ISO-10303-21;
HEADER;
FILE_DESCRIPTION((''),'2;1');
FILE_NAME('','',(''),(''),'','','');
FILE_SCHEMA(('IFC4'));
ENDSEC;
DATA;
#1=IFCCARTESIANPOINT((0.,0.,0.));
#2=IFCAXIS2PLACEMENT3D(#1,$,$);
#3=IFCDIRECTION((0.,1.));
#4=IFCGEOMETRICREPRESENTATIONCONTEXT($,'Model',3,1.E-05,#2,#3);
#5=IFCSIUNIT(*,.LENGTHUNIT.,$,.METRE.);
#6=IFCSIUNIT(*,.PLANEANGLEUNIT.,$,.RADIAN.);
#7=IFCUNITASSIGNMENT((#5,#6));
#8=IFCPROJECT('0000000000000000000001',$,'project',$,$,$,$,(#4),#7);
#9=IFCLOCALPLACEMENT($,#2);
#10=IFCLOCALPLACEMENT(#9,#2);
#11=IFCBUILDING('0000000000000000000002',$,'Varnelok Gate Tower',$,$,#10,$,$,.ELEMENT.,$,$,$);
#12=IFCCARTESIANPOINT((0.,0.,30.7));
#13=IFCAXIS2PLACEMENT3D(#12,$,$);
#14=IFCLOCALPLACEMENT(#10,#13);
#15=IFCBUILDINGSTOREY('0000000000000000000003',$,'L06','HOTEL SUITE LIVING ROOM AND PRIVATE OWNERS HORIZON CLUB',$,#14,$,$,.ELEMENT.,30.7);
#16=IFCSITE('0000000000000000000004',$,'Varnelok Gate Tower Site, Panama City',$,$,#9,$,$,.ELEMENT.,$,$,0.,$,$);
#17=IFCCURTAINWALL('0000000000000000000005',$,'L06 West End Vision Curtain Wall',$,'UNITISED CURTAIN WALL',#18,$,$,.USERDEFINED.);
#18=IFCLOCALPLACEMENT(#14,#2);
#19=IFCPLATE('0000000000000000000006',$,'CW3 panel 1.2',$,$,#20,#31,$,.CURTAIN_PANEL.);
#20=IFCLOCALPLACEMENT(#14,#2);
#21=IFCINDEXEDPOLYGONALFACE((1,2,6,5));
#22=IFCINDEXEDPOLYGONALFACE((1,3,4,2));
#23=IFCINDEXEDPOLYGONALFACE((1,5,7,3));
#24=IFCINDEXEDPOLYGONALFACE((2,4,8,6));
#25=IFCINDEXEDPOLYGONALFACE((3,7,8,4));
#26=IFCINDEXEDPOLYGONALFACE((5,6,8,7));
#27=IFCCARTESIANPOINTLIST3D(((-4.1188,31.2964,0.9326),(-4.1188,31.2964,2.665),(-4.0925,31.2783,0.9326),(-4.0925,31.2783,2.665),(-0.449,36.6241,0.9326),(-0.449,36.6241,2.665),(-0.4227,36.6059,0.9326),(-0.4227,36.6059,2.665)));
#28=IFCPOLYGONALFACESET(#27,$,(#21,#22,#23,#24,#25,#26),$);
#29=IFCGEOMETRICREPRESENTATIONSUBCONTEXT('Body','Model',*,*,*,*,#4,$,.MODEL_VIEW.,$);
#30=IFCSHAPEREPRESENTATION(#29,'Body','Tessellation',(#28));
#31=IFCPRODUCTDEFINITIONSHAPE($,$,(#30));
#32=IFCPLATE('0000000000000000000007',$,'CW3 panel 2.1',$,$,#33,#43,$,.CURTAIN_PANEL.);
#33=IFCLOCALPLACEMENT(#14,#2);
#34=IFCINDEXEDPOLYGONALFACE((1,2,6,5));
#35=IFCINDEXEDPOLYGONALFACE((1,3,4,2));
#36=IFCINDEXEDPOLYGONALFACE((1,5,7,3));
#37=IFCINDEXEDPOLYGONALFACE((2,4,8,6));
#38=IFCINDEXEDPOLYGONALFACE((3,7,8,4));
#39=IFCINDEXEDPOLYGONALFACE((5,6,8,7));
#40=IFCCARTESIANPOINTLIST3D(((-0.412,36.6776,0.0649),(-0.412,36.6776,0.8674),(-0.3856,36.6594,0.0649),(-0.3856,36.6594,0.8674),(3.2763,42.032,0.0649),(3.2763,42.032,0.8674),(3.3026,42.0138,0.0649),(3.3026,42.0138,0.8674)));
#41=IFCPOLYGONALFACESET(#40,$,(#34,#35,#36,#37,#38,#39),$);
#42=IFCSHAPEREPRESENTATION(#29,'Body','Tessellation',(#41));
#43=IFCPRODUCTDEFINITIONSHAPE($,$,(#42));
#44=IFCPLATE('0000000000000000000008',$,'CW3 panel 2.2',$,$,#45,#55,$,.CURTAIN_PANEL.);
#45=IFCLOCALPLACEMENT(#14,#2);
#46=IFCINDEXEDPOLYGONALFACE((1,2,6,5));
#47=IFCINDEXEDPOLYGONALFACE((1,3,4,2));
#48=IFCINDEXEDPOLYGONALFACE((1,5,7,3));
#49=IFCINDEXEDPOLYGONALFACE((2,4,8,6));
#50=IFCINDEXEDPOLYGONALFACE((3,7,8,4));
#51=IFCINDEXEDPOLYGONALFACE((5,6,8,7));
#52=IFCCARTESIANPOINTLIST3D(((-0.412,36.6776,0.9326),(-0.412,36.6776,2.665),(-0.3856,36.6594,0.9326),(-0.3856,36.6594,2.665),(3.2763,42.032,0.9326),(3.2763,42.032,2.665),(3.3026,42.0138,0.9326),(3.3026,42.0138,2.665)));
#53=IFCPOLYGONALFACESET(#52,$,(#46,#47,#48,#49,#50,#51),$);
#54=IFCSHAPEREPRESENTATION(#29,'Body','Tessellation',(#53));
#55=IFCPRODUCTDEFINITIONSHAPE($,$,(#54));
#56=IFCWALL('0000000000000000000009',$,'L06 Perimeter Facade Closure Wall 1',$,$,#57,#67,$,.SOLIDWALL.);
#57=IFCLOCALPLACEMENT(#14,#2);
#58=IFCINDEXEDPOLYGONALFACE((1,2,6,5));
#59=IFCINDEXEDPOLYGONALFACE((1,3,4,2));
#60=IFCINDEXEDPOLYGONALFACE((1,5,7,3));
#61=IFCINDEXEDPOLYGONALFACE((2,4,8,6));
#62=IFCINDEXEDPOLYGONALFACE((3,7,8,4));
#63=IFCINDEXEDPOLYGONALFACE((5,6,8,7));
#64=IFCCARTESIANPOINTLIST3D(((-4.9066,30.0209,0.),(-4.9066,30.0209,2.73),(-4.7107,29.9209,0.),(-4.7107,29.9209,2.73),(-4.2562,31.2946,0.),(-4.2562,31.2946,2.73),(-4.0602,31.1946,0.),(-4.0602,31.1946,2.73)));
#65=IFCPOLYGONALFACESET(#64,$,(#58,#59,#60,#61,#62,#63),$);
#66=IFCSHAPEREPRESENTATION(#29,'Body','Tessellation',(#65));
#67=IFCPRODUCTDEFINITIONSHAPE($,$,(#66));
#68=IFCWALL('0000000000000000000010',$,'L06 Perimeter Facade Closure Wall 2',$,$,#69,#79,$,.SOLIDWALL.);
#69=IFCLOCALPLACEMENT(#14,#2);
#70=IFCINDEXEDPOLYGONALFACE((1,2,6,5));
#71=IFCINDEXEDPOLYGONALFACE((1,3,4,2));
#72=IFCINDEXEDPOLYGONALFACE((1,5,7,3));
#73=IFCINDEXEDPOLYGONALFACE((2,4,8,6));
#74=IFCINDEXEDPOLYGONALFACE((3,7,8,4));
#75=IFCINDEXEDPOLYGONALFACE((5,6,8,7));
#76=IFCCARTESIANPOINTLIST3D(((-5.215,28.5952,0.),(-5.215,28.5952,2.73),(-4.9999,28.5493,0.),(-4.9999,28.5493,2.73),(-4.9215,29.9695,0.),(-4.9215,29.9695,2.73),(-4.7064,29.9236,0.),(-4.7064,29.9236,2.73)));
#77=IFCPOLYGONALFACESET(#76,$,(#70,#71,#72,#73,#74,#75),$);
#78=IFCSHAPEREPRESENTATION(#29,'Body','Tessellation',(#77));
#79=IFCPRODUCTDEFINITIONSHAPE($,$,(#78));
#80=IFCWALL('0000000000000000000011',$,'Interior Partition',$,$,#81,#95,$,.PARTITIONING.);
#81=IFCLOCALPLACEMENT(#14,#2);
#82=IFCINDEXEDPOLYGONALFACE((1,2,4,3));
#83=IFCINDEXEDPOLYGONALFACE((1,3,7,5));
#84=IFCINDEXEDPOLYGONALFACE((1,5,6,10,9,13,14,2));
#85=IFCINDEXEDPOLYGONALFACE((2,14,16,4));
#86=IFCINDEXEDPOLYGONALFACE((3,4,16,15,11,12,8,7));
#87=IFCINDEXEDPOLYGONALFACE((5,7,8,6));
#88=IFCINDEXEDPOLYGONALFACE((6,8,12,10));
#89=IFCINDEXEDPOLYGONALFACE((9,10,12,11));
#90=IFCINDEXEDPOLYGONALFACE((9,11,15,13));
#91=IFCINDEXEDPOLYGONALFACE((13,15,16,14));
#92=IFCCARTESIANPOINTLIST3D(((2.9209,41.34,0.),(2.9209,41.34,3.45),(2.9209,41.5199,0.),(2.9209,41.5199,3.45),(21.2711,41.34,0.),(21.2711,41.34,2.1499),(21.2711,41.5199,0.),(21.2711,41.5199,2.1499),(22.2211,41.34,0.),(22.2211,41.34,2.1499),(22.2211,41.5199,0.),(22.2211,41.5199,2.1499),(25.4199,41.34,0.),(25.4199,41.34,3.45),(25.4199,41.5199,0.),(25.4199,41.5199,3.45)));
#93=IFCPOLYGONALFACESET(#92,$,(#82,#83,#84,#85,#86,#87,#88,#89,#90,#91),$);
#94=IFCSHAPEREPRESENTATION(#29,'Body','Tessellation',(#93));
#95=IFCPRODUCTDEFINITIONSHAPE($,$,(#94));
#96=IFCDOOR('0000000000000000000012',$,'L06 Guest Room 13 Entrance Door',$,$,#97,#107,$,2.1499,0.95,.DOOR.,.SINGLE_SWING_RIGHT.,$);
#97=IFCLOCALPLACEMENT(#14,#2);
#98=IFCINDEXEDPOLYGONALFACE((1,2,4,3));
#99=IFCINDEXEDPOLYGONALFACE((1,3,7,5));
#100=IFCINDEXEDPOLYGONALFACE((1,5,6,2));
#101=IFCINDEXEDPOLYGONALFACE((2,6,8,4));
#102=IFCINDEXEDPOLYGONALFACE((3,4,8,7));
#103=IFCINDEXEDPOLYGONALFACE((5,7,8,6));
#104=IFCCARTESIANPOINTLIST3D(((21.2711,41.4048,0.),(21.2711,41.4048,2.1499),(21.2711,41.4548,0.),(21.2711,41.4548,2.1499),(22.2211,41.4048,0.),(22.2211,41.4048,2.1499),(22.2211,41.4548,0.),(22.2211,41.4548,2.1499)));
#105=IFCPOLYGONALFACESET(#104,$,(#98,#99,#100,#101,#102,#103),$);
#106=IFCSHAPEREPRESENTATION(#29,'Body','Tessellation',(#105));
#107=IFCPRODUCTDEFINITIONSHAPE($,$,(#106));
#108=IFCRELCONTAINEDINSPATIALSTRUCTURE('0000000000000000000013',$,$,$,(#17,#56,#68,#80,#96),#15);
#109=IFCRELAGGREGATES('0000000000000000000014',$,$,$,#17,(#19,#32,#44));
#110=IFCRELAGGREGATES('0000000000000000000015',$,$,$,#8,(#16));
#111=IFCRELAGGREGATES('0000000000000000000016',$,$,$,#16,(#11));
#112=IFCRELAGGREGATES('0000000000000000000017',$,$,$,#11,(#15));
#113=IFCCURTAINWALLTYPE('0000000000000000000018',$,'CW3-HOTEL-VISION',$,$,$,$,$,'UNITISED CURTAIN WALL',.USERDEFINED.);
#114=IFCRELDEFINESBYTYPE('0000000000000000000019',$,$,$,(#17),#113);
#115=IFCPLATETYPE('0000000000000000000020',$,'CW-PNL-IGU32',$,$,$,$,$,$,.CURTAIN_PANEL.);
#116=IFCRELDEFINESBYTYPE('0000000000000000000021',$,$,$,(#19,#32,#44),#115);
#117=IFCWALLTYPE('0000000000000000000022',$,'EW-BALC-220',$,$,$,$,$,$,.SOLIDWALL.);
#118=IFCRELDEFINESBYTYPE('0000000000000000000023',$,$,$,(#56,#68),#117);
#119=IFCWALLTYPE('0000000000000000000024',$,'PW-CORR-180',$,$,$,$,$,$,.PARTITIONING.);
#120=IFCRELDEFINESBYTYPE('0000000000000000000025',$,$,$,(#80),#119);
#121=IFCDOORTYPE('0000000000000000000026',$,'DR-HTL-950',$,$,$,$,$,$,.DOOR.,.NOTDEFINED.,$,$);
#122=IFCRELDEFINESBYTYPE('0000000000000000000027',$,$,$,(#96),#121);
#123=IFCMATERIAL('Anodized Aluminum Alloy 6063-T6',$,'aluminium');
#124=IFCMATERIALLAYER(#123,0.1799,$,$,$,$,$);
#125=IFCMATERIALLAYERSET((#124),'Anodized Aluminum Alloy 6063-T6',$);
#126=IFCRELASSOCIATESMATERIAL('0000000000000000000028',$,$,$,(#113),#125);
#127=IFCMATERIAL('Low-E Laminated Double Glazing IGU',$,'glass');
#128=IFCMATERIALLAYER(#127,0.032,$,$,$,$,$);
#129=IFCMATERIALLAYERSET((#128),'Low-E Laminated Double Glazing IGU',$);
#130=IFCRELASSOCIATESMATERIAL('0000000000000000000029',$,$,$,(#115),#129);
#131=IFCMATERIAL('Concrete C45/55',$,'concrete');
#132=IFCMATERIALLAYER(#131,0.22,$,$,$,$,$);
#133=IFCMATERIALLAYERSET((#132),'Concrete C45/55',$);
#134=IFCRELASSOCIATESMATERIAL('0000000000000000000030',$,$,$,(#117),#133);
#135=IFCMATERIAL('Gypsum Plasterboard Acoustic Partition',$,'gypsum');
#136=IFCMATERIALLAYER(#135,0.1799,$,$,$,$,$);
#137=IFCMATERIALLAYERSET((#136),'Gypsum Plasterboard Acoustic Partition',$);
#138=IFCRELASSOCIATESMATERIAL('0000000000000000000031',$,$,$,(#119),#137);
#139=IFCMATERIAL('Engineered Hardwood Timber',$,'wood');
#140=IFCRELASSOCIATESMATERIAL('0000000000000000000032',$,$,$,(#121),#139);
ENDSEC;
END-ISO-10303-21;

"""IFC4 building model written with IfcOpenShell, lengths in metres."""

from ifc_helpers import new_model, si_unit, direction, frame, frame_2d, origin, origin_2d, place, context, subcontext, project, spatial, rectangle, extrude, source, transform, mapped, material, layer, layer_set, type_object, element, fill, aggregate, save


model = new_model("IFC4")

# Units and contexts
model_context = context("Model", 3, precision=1e-05, world=origin(), true_north=direction((0.0, 1.0)))
body_context = subcontext(model_context, "Body", "Model", "MODEL_VIEW")
ifc_project = project(units=[si_unit("LENGTHUNIT", "METRE"), si_unit("PLANEANGLEUNIT", "RADIAN")], contexts=[model_context])

# Site, building, storey
site_placement = place(None, origin())
site = spatial("IfcSite", under=ifc_project, at=site_placement, Name="Varnelok Gate Tower Site, Panama City", CompositionType="ELEMENT", RefElevation=0.0)
building_placement = place(site_placement, origin())
building = spatial("IfcBuilding", under=site, at=building_placement, Name="Varnelok Gate Tower", CompositionType="ELEMENT")
storey_placement = place(building_placement, frame((0.0, 0.0, 30.7)))
storey = spatial("IfcBuildingStorey", under=building, at=storey_placement, Name="L06", Description="HOTEL SUITE LIVING ROOM AND PRIVATE OWNERS HORIZON CLUB", CompositionType="ELEMENT", Elevation=30.7)

# Curtain wall
ifc_material_1 = material(Name="Anodized Aluminum Alloy 6063-T6", Category="aluminium")
ifc_layer_1 = layer(ifc_material_1, 0.1799)
ifc_layer_set_1 = layer_set([ifc_layer_1], Name="Anodized Aluminum Alloy 6063-T6")
curtain_wall_type_1 = type_object("IfcCurtainWallType", Name="CW3-HOTEL-VISION", ElementType="UNITISED CURTAIN WALL", PredefinedType="USERDEFINED", material=ifc_layer_set_1)
curtain_wall_1_placement = place(storey_placement, origin())
curtain_wall_1 = element("IfcCurtainWall", 1, at=curtain_wall_1_placement, inside=storey, type_object=curtain_wall_type_1, Name="L06 West End Vision Curtain Wall", ObjectType="UNITISED CURTAIN WALL", PredefinedType="USERDEFINED")

# Plates
ifc_material_2 = material(Name="Low-E Laminated Double Glazing IGU", Category="glass")
ifc_layer_2 = layer(ifc_material_2, 0.032)
ifc_layer_set_2 = layer_set([ifc_layer_2], Name="Low-E Laminated Double Glazing IGU")
plate_type = type_object("IfcPlateType", Name="CW-PNL-IGU32", PredefinedType="CURTAIN_PANEL", material=ifc_layer_set_2)
shared_shape_1 = source(origin(), body_context, "Body", "SweptSolid", [
    extrude(rectangle(XDim=6.4692, YDim=0.032, at=origin_2d()), origin(), (0.0, 0.0, 1.0), 1.7324),
])
plate_1_placement = place(storey_placement, frame((-2.2708, 33.9512, 0.9326), z_axis=(0.0, 0.0, 1.0), x_axis=(0.567269, 0.823533, 0.0)))
plate_1 = element("IfcPlate", 2, at=plate_1_placement, type_object=plate_type, Name="CW3 panel 1.2", PredefinedType="CURTAIN_PANEL", context=body_context, shape_type="MappedRepresentation", body=[
    mapped(shared_shape_1, transform((0.0, 0.0, 0.0), scale=1.0)),
])
shared_shape_2 = source(origin(), body_context, "Body", "SweptSolid", [
    extrude(rectangle(XDim=6.5017, YDim=0.032, at=origin_2d()), origin(), (0.0, 0.0, 1.0), 0.8025),
])
plate_2_placement = place(storey_placement, frame((1.4453, 39.3457, 0.0649), z_axis=(0.0, 0.0, 1.0), x_axis=(0.567269, 0.823533, 0.0)))
plate_2 = element("IfcPlate", 3, at=plate_2_placement, type_object=plate_type, Name="CW3 panel 2.1", PredefinedType="CURTAIN_PANEL", context=body_context, shape_type="MappedRepresentation", body=[
    mapped(shared_shape_2, transform((0.0, 0.0, 0.0), scale=1.0)),
])
shared_shape_3 = source(origin(), body_context, "Body", "SweptSolid", [
    extrude(rectangle(XDim=6.5017, YDim=0.032, at=origin_2d()), origin(), (0.0, 0.0, 1.0), 1.7324),
])
plate_3_placement = place(storey_placement, frame((1.4453, 39.3457, 0.9326), z_axis=(0.0, 0.0, 1.0), x_axis=(0.567269, 0.823533, 0.0)))
plate_3 = element("IfcPlate", 4, at=plate_3_placement, type_object=plate_type, Name="CW3 panel 2.2", PredefinedType="CURTAIN_PANEL", context=body_context, shape_type="MappedRepresentation", body=[
    mapped(shared_shape_3, transform((0.0, 0.0, 0.0), scale=1.0)),
])
aggregate(curtain_wall_1, [plate_1, plate_2, plate_3])

# Walls
ifc_material_3 = material(Name="Concrete C45/55", Category="concrete")
ifc_layer_3 = layer(ifc_material_3, 0.22)
ifc_layer_set_3 = layer_set([ifc_layer_3], Name="Concrete C45/55")
wall_type_1 = type_object("IfcWallType", Name="EW-BALC-220", PredefinedType="SOLIDWALL", material=ifc_layer_set_3)
wall_1_placement = place(storey_placement, frame((-4.1582, 31.2446, 0.0), z_axis=(0.0, 0.0, 1.0), x_axis=(-0.454777, -0.890605, 0.0)))
element("IfcWall", 5, at=wall_1_placement, inside=storey, type_object=wall_type_1, Name="L06 Perimeter Facade Closure Wall 1", PredefinedType="SOLIDWALL", context=body_context, shape_type="SweptSolid", body=[
    extrude(rectangle(XDim=1.4302, YDim=0.22, at=frame_2d((0.7151, 0.0))), origin(), (0.0, 0.0, 1.0), 2.73),
])
wall_2_placement = place(storey_placement, frame((-4.814, 29.9465, 0.0), z_axis=(0.0, 0.0, 1.0), x_axis=(-0.208829, -0.977952, 0.0)))
element("IfcWall", 6, at=wall_2_placement, inside=storey, type_object=wall_type_1, Name="L06 Perimeter Facade Closure Wall 2", PredefinedType="SOLIDWALL", context=body_context, shape_type="SweptSolid", body=[
    extrude(rectangle(XDim=1.4053, YDim=0.22, at=frame_2d((0.7026, 0.0))), origin(), (0.0, 0.0, 1.0), 2.73),
])

# Wall, opening, door
ifc_material_4 = material(Name="Gypsum Plasterboard Acoustic Partition", Category="gypsum")
ifc_layer_4 = layer(ifc_material_4, 0.1799)
ifc_layer_set_4 = layer_set([ifc_layer_4], Name="Gypsum Plasterboard Acoustic Partition")
wall_type_2 = type_object("IfcWallType", Name="PW-CORR-180", PredefinedType="PARTITIONING", material=ifc_layer_set_4)
wall_3_placement = place(storey_placement, frame((2.9209, 41.4299, 0.0), z_axis=(0.0, 0.0, 1.0), x_axis=(1.0, 0.0, 0.0)))
wall_3 = element("IfcWall", 7, at=wall_3_placement, inside=storey, type_object=wall_type_2, Name="Interior Partition", PredefinedType="PARTITIONING", context=body_context, shape_type="SweptSolid", body=[
    extrude(rectangle(XDim=22.499, YDim=0.1799, at=frame_2d((11.2495, 0.0))), origin(), (0.0, 0.0, 1.0), 3.45),
])
opening_placement = place(wall_3_placement, frame((18.3501, 0.0, 0.0)))
opening = element("IfcOpeningElement", 8, at=opening_placement, cuts=wall_3, PredefinedType="OPENING", context=body_context, shape_type="SweptSolid", body=[
    extrude(rectangle(XDim=0.95, YDim=2.1499, at=frame_2d((0.4751, 1.075))), frame((0.0, 0.0999, 0.0), z_axis=(0.0, -1.0, 0.0), x_axis=(1.0, 0.0, 0.0)), (0.0, 0.0, 1.0), 0.2),
])
ifc_material_5 = material(Name="Engineered Hardwood Timber", Category="wood")
door_type = type_object("IfcDoorType", Name="DR-HTL-950", OperationType="NOTDEFINED", PredefinedType="DOOR", material=ifc_material_5)
door_placement = place(opening_placement, origin())
door = element("IfcDoor", 9, at=door_placement, inside=storey, type_object=door_type, Name="L06 Guest Room 13 Entrance Door", OperationType="SINGLE_SWING_RIGHT", OverallHeight=2.1499, OverallWidth=0.95, PredefinedType="DOOR", context=body_context, shape_type="SweptSolid", body=[
    extrude(rectangle(XDim=0.95, YDim=2.1499, at=frame_2d((0.4751, 1.075))), frame((0.0, 0.0249, 0.0), z_axis=(0.0, -1.0, 0.0), x_axis=(1.0, 0.0, 0.0)), (0.0, 0.0, 1.0), 0.05),
])
fill(opening, door)

save(model, "model.ifc")
